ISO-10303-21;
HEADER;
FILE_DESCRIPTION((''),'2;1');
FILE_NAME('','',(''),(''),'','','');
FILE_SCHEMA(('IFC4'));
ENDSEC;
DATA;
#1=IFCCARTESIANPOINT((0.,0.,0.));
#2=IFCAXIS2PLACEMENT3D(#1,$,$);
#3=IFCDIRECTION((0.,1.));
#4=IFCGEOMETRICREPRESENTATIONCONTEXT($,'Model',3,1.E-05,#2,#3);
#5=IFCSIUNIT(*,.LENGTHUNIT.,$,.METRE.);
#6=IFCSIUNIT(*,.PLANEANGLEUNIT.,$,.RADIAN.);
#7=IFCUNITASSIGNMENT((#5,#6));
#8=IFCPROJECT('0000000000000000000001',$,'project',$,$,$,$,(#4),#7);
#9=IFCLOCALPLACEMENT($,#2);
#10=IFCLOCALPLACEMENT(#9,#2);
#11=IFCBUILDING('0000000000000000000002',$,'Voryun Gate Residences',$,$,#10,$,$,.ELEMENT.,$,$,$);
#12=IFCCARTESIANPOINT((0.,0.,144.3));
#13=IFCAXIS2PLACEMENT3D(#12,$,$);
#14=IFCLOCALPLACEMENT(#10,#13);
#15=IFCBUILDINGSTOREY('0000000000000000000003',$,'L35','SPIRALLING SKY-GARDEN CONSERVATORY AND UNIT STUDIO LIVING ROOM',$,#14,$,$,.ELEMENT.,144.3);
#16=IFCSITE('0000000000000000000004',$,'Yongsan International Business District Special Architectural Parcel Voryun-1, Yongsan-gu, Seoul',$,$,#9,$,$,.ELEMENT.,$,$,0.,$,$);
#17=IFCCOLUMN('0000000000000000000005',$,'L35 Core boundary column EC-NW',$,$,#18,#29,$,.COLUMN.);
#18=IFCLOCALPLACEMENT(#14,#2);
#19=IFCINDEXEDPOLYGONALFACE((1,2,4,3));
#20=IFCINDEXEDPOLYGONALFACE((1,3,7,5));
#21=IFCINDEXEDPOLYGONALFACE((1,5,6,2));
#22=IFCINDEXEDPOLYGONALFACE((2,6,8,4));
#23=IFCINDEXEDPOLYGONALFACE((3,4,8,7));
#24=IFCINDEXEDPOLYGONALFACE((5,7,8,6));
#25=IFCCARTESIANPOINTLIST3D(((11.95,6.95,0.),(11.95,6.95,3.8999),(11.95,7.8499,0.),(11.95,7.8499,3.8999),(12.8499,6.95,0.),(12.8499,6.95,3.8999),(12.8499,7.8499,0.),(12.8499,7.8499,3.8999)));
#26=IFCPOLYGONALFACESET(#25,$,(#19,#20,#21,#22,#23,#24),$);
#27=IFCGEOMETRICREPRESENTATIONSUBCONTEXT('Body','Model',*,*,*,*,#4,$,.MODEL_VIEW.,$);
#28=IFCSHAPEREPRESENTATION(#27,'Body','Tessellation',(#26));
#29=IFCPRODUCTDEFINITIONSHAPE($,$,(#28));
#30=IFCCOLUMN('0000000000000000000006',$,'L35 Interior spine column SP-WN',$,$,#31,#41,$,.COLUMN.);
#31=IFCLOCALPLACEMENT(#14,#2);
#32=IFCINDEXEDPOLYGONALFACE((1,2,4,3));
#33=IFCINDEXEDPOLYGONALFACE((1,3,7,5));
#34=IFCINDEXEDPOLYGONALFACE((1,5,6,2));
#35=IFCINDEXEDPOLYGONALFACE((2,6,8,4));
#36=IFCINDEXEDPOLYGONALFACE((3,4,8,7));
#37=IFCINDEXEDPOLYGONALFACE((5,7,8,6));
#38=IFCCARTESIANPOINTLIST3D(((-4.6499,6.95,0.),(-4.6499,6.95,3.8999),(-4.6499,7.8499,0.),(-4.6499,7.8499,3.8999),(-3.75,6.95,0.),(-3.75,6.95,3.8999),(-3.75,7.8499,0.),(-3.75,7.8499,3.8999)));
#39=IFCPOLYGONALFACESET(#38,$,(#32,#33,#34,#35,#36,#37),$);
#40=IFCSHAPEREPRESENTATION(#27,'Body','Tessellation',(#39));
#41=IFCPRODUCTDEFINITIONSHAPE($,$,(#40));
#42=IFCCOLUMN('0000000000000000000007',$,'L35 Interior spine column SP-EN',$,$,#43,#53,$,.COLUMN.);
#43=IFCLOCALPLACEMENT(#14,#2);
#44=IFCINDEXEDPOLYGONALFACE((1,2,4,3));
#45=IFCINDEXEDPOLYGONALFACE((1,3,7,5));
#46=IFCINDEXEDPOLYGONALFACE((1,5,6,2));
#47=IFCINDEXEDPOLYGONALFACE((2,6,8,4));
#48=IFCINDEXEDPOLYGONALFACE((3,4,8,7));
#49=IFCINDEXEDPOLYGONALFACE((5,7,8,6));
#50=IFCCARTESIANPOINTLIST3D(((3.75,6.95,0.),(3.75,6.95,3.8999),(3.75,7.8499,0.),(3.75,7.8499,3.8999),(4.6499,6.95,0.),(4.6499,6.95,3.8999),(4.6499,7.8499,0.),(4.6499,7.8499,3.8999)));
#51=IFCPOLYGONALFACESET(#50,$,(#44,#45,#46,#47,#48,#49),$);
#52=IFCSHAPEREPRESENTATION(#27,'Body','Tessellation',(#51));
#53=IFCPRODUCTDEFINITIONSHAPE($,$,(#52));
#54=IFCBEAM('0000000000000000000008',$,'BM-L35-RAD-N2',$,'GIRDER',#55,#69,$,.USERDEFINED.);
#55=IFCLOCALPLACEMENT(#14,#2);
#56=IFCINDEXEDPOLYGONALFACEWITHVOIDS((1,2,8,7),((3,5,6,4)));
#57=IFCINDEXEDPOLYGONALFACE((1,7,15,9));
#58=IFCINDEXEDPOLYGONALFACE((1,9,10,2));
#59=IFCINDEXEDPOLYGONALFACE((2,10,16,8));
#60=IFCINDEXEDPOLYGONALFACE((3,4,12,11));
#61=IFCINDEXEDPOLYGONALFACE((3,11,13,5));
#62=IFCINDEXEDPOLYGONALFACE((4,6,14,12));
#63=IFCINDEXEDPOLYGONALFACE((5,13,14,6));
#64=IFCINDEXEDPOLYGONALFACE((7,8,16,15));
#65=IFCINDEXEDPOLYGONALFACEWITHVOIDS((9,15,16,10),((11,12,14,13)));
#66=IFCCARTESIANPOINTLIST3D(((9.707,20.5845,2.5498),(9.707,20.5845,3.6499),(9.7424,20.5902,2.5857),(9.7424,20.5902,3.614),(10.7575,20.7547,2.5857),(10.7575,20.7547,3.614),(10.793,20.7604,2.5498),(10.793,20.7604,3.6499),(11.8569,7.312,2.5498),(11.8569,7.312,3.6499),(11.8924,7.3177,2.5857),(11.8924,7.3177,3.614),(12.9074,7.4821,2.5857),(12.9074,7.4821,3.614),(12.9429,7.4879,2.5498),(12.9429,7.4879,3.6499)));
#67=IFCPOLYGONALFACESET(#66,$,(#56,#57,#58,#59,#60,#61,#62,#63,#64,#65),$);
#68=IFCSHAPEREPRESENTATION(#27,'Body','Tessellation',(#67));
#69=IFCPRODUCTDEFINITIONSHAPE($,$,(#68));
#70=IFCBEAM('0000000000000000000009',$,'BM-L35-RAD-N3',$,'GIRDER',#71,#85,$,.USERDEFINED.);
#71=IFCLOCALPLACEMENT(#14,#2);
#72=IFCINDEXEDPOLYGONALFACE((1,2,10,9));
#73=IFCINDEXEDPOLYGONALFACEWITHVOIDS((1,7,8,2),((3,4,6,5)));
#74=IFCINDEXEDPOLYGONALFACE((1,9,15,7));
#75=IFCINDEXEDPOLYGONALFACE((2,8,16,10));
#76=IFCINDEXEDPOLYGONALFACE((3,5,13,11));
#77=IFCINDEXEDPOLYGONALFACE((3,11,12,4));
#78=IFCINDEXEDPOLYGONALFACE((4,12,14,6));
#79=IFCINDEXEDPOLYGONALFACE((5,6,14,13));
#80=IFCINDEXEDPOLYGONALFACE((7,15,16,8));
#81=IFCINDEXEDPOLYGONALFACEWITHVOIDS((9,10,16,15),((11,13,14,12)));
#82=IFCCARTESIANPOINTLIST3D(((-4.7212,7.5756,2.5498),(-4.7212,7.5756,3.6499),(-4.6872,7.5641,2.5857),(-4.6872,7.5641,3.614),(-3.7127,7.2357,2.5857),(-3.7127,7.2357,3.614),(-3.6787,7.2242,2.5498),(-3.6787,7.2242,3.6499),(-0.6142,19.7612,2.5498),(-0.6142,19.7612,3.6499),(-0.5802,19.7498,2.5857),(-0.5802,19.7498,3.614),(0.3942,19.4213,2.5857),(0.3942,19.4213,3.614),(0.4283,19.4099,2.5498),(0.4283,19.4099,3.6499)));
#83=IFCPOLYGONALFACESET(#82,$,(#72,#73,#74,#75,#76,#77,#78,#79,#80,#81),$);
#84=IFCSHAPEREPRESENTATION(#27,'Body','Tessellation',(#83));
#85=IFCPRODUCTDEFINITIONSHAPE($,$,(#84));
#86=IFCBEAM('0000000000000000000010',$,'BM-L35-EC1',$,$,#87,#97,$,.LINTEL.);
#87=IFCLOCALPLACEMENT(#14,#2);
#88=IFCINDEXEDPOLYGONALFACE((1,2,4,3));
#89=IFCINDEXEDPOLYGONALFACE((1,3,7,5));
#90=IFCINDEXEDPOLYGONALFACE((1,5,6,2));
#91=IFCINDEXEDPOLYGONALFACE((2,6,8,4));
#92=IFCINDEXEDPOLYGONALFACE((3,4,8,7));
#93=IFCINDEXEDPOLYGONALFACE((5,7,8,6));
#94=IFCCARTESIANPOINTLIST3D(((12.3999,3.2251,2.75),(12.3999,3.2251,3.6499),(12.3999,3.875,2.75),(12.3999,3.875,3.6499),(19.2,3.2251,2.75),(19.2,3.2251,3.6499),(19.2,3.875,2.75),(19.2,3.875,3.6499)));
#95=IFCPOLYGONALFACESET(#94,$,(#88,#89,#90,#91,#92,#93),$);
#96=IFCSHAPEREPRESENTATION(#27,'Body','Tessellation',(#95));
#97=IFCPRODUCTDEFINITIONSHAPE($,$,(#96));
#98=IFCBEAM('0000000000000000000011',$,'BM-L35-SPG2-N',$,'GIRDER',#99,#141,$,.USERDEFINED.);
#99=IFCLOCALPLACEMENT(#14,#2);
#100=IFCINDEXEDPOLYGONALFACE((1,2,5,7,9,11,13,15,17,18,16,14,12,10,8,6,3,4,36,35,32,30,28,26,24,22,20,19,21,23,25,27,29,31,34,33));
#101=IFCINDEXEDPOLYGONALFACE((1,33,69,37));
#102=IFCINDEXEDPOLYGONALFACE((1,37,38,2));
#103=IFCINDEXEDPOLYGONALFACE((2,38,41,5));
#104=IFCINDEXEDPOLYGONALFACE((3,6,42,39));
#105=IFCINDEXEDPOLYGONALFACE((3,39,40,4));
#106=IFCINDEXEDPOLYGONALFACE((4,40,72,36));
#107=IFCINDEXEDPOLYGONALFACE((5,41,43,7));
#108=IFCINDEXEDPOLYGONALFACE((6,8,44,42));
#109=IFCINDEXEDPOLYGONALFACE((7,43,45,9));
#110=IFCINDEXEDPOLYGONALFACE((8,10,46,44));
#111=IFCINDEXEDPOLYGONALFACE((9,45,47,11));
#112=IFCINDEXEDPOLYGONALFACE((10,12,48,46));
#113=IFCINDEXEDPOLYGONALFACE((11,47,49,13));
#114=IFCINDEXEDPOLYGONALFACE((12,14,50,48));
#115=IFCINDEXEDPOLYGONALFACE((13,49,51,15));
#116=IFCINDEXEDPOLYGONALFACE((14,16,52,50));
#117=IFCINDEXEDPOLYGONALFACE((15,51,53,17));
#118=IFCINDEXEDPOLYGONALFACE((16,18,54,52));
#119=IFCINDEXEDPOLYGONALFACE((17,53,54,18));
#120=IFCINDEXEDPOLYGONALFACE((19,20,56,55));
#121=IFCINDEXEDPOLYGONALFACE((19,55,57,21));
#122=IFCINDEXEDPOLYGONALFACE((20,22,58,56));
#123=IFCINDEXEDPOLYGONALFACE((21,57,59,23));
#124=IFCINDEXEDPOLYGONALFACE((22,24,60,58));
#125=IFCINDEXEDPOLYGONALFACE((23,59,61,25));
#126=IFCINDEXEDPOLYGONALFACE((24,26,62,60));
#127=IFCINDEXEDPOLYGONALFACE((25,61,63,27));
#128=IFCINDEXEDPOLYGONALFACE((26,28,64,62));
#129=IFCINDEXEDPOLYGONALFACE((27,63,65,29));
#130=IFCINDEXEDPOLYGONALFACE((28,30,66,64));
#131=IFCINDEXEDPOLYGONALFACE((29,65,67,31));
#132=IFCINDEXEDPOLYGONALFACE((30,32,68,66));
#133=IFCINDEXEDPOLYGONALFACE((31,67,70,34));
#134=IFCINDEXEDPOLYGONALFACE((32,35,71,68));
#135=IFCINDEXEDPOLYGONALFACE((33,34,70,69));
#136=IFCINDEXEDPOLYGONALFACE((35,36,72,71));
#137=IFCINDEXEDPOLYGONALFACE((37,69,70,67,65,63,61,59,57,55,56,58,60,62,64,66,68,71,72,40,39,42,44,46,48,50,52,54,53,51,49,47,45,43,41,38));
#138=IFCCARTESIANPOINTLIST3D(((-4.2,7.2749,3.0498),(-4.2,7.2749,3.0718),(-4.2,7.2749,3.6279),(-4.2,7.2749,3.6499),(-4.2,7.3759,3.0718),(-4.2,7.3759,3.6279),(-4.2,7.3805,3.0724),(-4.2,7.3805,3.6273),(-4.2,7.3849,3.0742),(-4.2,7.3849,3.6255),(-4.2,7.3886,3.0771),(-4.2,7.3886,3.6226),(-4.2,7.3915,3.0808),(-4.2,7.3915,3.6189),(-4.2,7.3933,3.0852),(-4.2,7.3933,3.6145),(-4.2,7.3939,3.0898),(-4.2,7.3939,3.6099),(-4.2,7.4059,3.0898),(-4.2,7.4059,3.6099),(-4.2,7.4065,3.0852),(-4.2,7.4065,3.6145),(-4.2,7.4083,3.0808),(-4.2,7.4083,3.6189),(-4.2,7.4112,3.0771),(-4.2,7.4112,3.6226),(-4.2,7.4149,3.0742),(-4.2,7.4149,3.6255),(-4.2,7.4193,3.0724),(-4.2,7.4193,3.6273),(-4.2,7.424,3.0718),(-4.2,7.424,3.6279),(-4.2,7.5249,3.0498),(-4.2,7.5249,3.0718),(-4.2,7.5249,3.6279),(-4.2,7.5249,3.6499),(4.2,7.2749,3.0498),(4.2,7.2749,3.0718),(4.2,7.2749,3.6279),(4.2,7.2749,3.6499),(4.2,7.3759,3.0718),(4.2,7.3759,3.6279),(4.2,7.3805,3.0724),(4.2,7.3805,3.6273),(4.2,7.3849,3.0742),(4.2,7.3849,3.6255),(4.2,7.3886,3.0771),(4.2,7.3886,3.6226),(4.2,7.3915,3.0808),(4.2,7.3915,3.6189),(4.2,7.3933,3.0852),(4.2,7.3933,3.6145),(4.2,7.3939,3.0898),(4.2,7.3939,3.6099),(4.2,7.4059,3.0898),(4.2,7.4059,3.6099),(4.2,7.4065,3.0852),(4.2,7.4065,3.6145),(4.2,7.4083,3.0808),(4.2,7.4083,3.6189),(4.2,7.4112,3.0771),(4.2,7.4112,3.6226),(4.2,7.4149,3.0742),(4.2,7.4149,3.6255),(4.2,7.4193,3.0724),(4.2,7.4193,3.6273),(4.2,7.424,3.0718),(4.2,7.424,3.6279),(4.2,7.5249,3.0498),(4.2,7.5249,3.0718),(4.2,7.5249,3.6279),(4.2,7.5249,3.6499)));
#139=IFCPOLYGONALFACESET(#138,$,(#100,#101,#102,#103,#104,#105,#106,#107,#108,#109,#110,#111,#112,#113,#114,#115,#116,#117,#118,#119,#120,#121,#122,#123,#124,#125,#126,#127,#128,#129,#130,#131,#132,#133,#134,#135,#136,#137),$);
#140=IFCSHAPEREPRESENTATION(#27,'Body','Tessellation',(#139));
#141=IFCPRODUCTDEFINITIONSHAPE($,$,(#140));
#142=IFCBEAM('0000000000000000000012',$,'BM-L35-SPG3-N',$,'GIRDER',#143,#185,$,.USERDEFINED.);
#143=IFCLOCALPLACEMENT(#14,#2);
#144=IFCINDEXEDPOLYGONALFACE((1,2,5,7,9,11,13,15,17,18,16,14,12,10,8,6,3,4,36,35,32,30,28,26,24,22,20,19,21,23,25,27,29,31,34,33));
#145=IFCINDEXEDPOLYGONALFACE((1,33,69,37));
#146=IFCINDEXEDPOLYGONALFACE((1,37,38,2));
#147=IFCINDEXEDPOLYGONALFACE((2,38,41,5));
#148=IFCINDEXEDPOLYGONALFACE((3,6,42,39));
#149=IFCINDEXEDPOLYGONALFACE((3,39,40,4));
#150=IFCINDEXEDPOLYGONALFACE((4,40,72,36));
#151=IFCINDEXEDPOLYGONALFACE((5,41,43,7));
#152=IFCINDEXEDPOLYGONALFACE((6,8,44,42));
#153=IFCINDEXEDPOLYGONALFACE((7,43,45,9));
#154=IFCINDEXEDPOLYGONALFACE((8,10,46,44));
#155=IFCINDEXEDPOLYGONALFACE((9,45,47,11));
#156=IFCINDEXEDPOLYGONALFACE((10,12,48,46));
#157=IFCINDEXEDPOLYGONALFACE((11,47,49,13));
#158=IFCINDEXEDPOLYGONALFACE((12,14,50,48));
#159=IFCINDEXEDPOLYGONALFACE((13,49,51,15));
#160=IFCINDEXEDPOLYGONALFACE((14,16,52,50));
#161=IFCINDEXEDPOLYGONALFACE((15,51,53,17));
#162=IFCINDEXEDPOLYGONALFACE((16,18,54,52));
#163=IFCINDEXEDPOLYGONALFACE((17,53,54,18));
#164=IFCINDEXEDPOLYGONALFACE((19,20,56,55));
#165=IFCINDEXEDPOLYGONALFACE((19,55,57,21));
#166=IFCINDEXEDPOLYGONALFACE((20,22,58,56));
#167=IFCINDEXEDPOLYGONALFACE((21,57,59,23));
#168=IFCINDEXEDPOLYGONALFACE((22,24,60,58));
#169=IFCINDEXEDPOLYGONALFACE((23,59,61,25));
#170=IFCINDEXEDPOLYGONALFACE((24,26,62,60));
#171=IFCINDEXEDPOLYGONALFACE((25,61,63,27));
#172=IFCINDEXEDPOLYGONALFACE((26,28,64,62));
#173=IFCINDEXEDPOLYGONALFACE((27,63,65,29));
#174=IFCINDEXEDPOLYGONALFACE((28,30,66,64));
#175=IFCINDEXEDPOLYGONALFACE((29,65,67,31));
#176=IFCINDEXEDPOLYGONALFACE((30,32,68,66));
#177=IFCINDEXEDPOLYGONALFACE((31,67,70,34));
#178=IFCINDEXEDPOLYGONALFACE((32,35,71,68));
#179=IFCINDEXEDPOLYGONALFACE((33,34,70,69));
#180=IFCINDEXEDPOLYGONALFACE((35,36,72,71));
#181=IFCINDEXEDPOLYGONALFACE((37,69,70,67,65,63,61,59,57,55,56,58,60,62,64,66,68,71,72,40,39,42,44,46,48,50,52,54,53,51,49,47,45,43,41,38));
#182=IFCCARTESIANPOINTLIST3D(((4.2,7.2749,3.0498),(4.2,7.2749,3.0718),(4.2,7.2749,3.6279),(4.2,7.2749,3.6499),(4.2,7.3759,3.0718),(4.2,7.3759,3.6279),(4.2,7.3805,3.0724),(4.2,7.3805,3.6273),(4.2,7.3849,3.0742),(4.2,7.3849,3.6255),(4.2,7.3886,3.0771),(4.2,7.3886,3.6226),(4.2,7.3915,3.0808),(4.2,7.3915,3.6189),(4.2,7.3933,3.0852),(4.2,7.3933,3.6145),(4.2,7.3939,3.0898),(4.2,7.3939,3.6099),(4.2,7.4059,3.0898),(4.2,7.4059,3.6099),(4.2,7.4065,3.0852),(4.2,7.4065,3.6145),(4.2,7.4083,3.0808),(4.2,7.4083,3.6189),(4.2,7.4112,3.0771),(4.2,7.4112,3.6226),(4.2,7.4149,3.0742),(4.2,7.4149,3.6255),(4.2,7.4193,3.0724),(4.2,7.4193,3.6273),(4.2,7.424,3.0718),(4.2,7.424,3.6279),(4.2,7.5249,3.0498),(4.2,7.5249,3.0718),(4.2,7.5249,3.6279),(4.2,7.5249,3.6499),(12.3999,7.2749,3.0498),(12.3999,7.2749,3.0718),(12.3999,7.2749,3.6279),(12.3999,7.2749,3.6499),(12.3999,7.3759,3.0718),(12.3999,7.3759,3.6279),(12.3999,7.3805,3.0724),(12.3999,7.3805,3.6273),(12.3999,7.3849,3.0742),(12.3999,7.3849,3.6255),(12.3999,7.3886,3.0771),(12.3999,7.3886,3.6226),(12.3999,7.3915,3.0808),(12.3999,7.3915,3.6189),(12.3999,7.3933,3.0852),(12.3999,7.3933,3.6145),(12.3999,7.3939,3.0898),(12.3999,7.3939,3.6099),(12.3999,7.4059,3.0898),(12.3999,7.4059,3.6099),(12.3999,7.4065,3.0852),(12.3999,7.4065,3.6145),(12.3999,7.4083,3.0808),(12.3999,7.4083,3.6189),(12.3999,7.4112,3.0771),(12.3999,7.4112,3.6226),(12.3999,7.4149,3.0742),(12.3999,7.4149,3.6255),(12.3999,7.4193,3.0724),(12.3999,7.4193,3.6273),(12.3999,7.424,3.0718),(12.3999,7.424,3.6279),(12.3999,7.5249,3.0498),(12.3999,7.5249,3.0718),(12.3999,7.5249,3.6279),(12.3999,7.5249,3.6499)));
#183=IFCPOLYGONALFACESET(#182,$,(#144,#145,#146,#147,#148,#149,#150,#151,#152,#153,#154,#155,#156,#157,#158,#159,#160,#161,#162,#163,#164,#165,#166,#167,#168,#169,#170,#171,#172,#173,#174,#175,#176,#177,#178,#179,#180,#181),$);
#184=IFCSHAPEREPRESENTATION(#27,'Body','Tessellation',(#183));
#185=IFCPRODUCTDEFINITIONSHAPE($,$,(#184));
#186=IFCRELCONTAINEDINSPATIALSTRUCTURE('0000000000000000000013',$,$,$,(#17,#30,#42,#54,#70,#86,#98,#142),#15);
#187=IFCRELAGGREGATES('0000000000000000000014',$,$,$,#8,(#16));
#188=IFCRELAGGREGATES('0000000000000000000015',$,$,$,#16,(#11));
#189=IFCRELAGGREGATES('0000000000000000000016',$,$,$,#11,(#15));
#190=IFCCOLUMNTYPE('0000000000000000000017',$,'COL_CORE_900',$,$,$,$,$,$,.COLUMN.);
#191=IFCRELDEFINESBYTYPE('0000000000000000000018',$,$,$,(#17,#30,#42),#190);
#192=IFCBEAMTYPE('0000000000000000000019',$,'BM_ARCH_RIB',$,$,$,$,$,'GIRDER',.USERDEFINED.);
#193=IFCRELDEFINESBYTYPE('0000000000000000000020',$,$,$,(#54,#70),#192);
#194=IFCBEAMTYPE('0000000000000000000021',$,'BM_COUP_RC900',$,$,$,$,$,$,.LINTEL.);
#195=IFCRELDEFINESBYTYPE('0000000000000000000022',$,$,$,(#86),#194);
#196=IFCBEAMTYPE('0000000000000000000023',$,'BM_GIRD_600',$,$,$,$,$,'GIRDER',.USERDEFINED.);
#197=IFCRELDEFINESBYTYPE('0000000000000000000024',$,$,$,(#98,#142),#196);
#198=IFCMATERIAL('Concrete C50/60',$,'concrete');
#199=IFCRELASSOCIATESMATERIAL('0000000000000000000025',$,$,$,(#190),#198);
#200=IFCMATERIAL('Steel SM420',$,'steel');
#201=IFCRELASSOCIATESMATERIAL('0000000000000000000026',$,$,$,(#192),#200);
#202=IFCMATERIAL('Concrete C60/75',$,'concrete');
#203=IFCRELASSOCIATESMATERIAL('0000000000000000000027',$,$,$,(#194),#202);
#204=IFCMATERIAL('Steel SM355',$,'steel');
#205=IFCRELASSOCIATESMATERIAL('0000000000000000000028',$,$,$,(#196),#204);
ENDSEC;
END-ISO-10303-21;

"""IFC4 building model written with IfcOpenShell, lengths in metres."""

from ifc_helpers import new_model, si_unit, direction, frame, origin, origin_2d, place, context, subcontext, project, spatial, rectangle, hollow_rectangle, i_section, extrude, material, material_profile, profile_set, type_object, element, save


model = new_model("IFC4")

# Units and contexts
model_context = context("Model", 3, precision=1e-05, world=origin(), true_north=direction((0.0, 1.0)))
body_context = subcontext(model_context, "Body", "Model", "MODEL_VIEW")
ifc_project = project(units=[si_unit("LENGTHUNIT", "METRE"), si_unit("PLANEANGLEUNIT", "RADIAN")], contexts=[model_context])

# Site, building, storey
site_placement = place(None, origin())
site = spatial("IfcSite", under=ifc_project, at=site_placement, Name="Yongsan International Business District Special Architectural Parcel Voryun-1, Yongsan-gu, Seoul", CompositionType="ELEMENT", RefElevation=0.0)
building_placement = place(site_placement, origin())
building = spatial("IfcBuilding", under=site, at=building_placement, Name="Voryun Gate Residences", CompositionType="ELEMENT")
storey_placement = place(building_placement, frame((0.0, 0.0, 144.3)))
storey = spatial("IfcBuildingStorey", under=building, at=storey_placement, Name="L35", Description="SPIRALLING SKY-GARDEN CONSERVATORY AND UNIT STUDIO LIVING ROOM", CompositionType="ELEMENT", Elevation=144.3)

# Columns
ifc_material_1 = material(Name="Concrete C50/60", Category="concrete")
ifc_material_profile_1 = material_profile(ifc_material_1, rectangle(XDim=0.8999, YDim=0.8999, at=origin_2d()), Name="RC-900x900")
ifc_profile_set_1 = profile_set([ifc_material_profile_1], Name="Concrete C50/60")
column_type = type_object("IfcColumnType", Name="COL_CORE_900", PredefinedType="COLUMN", material=ifc_profile_set_1)
for number, where, z_axis, x_axis, name in (
    (1, (12.3999, 7.3999, 0.0), (0.0, 0.0, 1.0), (1.0, 0.0, 0.0), "L35 Core boundary column EC-NW"),
    (2, (-4.2, 7.3999, 0.0), (0.0, 0.0, 1.0), (1.0, 0.0, 0.0), "L35 Interior spine column SP-WN"),
    (3, (4.2, 7.3999, 0.0), (0.0, 0.0, 1.0), (1.0, 0.0, 0.0), "L35 Interior spine column SP-EN"),
):
    element("IfcColumn", number, at=place(storey_placement, frame(where, z_axis=z_axis, x_axis=x_axis)), inside=storey, type_object=column_type, Name=name, PredefinedType="COLUMN", context=body_context, shape_type="SweptSolid", body=[
        extrude(rectangle(XDim=0.8999, YDim=0.8999, at=origin_2d()), origin(), (0.0, 0.0, 1.0), 3.8999),
    ])

# Beams
ifc_material_2 = material(Name="Steel SM420", Category="steel")
ifc_material_profile_2 = material_profile(ifc_material_2, hollow_rectangle(XDim=1.1001, YDim=1.1001, WallThickness=0.0359, at=origin_2d()), Name="BOX-1100x1100x36")
ifc_profile_set_2 = profile_set([ifc_material_profile_2], Name="Steel SM420")
beam_type_1 = type_object("IfcBeamType", Name="BM_ARCH_RIB", ElementType="GIRDER", PredefinedType="USERDEFINED", material=ifc_profile_set_2)
beam_1_placement = place(storey_placement, frame((12.3999, 7.3999, 3.0999), z_axis=(-0.159898, 0.987134, 0.0), x_axis=(-0.987134, -0.159898, 0.0)))
element("IfcBeam", 4, at=beam_1_placement, inside=storey, type_object=beam_type_1, Name="BM-L35-RAD-N2", ObjectType="GIRDER", PredefinedType="USERDEFINED", context=body_context, shape_type="SweptSolid", body=[
    extrude(hollow_rectangle(XDim=1.1001, YDim=1.1001, WallThickness=0.0359, at=origin_2d()), origin(), (0.0, 0.0, 1.0), 13.4456),
])
beam_2_placement = place(storey_placement, frame((-4.2, 7.3999, 3.0999), z_axis=(0.319381, 0.947626, 0.0), x_axis=(-0.947626, 0.319381, 0.0)))
element("IfcBeam", 5, at=beam_2_placement, inside=storey, type_object=beam_type_1, Name="BM-L35-RAD-N3", ObjectType="GIRDER", PredefinedType="USERDEFINED", context=body_context, shape_type="SweptSolid", body=[
    extrude(hollow_rectangle(XDim=1.1001, YDim=1.1001, WallThickness=0.0359, at=origin_2d()), origin(), (0.0, 0.0, 1.0), 12.8591),
])
ifc_material_3 = material(Name="Concrete C60/75", Category="concrete")
ifc_material_profile_3 = material_profile(ifc_material_3, rectangle(XDim=0.6499, YDim=0.8999, at=origin_2d()), Name="RC-650x900")
ifc_profile_set_3 = profile_set([ifc_material_profile_3], Name="Concrete C60/75")
beam_type_2 = type_object("IfcBeamType", Name="BM_COUP_RC900", PredefinedType="LINTEL", material=ifc_profile_set_3)
beam_3_placement = place(storey_placement, frame((12.3999, 3.55, 3.2), z_axis=(1.0, 0.0, 0.0), x_axis=(0.0, 1.0, 0.0)))
element("IfcBeam", 6, at=beam_3_placement, inside=storey, type_object=beam_type_2, Name="BM-L35-EC1", PredefinedType="LINTEL", context=body_context, shape_type="SweptSolid", body=[
    extrude(rectangle(XDim=0.6499, YDim=0.8999, at=origin_2d()), origin(), (0.0, 0.0, 1.0), 6.8),
])
ifc_material_4 = material(Name="Steel SM355", Category="steel")
ifc_material_profile_4 = material_profile(ifc_material_4, i_section(OverallWidth=0.25, OverallDepth=0.6001, WebThickness=0.012, FlangeThickness=0.022, FilletRadius=0.0181, at=origin_2d()), Name="H-600x250x12x22")
ifc_profile_set_4 = profile_set([ifc_material_profile_4], Name="Steel SM355")
beam_type_3 = type_object("IfcBeamType", Name="BM_GIRD_600", ElementType="GIRDER", PredefinedType="USERDEFINED", material=ifc_profile_set_4)
beam_4_placement = place(storey_placement, frame((-4.2, 7.3999, 3.3499), z_axis=(1.0, 0.0, 0.0), x_axis=(0.0, 1.0, 0.0)))
element("IfcBeam", 7, at=beam_4_placement, inside=storey, type_object=beam_type_3, Name="BM-L35-SPG2-N", ObjectType="GIRDER", PredefinedType="USERDEFINED", context=body_context, shape_type="SweptSolid", body=[
    extrude(i_section(OverallWidth=0.25, OverallDepth=0.6001, WebThickness=0.012, FlangeThickness=0.022, FilletRadius=0.0181, at=origin_2d()), origin(), (0.0, 0.0, 1.0), 8.3999),
])
beam_5_placement = place(storey_placement, frame((4.2, 7.3999, 3.3499), z_axis=(1.0, 0.0, 0.0), x_axis=(0.0, 1.0, 0.0)))
element("IfcBeam", 8, at=beam_5_placement, inside=storey, type_object=beam_type_3, Name="BM-L35-SPG3-N", ObjectType="GIRDER", PredefinedType="USERDEFINED", context=body_context, shape_type="SweptSolid", body=[
    extrude(i_section(OverallWidth=0.25, OverallDepth=0.6001, WebThickness=0.012, FlangeThickness=0.022, FilletRadius=0.0181, at=origin_2d()), origin(), (0.0, 0.0, 1.0), 8.2),
])

save(model, "model.ifc")
